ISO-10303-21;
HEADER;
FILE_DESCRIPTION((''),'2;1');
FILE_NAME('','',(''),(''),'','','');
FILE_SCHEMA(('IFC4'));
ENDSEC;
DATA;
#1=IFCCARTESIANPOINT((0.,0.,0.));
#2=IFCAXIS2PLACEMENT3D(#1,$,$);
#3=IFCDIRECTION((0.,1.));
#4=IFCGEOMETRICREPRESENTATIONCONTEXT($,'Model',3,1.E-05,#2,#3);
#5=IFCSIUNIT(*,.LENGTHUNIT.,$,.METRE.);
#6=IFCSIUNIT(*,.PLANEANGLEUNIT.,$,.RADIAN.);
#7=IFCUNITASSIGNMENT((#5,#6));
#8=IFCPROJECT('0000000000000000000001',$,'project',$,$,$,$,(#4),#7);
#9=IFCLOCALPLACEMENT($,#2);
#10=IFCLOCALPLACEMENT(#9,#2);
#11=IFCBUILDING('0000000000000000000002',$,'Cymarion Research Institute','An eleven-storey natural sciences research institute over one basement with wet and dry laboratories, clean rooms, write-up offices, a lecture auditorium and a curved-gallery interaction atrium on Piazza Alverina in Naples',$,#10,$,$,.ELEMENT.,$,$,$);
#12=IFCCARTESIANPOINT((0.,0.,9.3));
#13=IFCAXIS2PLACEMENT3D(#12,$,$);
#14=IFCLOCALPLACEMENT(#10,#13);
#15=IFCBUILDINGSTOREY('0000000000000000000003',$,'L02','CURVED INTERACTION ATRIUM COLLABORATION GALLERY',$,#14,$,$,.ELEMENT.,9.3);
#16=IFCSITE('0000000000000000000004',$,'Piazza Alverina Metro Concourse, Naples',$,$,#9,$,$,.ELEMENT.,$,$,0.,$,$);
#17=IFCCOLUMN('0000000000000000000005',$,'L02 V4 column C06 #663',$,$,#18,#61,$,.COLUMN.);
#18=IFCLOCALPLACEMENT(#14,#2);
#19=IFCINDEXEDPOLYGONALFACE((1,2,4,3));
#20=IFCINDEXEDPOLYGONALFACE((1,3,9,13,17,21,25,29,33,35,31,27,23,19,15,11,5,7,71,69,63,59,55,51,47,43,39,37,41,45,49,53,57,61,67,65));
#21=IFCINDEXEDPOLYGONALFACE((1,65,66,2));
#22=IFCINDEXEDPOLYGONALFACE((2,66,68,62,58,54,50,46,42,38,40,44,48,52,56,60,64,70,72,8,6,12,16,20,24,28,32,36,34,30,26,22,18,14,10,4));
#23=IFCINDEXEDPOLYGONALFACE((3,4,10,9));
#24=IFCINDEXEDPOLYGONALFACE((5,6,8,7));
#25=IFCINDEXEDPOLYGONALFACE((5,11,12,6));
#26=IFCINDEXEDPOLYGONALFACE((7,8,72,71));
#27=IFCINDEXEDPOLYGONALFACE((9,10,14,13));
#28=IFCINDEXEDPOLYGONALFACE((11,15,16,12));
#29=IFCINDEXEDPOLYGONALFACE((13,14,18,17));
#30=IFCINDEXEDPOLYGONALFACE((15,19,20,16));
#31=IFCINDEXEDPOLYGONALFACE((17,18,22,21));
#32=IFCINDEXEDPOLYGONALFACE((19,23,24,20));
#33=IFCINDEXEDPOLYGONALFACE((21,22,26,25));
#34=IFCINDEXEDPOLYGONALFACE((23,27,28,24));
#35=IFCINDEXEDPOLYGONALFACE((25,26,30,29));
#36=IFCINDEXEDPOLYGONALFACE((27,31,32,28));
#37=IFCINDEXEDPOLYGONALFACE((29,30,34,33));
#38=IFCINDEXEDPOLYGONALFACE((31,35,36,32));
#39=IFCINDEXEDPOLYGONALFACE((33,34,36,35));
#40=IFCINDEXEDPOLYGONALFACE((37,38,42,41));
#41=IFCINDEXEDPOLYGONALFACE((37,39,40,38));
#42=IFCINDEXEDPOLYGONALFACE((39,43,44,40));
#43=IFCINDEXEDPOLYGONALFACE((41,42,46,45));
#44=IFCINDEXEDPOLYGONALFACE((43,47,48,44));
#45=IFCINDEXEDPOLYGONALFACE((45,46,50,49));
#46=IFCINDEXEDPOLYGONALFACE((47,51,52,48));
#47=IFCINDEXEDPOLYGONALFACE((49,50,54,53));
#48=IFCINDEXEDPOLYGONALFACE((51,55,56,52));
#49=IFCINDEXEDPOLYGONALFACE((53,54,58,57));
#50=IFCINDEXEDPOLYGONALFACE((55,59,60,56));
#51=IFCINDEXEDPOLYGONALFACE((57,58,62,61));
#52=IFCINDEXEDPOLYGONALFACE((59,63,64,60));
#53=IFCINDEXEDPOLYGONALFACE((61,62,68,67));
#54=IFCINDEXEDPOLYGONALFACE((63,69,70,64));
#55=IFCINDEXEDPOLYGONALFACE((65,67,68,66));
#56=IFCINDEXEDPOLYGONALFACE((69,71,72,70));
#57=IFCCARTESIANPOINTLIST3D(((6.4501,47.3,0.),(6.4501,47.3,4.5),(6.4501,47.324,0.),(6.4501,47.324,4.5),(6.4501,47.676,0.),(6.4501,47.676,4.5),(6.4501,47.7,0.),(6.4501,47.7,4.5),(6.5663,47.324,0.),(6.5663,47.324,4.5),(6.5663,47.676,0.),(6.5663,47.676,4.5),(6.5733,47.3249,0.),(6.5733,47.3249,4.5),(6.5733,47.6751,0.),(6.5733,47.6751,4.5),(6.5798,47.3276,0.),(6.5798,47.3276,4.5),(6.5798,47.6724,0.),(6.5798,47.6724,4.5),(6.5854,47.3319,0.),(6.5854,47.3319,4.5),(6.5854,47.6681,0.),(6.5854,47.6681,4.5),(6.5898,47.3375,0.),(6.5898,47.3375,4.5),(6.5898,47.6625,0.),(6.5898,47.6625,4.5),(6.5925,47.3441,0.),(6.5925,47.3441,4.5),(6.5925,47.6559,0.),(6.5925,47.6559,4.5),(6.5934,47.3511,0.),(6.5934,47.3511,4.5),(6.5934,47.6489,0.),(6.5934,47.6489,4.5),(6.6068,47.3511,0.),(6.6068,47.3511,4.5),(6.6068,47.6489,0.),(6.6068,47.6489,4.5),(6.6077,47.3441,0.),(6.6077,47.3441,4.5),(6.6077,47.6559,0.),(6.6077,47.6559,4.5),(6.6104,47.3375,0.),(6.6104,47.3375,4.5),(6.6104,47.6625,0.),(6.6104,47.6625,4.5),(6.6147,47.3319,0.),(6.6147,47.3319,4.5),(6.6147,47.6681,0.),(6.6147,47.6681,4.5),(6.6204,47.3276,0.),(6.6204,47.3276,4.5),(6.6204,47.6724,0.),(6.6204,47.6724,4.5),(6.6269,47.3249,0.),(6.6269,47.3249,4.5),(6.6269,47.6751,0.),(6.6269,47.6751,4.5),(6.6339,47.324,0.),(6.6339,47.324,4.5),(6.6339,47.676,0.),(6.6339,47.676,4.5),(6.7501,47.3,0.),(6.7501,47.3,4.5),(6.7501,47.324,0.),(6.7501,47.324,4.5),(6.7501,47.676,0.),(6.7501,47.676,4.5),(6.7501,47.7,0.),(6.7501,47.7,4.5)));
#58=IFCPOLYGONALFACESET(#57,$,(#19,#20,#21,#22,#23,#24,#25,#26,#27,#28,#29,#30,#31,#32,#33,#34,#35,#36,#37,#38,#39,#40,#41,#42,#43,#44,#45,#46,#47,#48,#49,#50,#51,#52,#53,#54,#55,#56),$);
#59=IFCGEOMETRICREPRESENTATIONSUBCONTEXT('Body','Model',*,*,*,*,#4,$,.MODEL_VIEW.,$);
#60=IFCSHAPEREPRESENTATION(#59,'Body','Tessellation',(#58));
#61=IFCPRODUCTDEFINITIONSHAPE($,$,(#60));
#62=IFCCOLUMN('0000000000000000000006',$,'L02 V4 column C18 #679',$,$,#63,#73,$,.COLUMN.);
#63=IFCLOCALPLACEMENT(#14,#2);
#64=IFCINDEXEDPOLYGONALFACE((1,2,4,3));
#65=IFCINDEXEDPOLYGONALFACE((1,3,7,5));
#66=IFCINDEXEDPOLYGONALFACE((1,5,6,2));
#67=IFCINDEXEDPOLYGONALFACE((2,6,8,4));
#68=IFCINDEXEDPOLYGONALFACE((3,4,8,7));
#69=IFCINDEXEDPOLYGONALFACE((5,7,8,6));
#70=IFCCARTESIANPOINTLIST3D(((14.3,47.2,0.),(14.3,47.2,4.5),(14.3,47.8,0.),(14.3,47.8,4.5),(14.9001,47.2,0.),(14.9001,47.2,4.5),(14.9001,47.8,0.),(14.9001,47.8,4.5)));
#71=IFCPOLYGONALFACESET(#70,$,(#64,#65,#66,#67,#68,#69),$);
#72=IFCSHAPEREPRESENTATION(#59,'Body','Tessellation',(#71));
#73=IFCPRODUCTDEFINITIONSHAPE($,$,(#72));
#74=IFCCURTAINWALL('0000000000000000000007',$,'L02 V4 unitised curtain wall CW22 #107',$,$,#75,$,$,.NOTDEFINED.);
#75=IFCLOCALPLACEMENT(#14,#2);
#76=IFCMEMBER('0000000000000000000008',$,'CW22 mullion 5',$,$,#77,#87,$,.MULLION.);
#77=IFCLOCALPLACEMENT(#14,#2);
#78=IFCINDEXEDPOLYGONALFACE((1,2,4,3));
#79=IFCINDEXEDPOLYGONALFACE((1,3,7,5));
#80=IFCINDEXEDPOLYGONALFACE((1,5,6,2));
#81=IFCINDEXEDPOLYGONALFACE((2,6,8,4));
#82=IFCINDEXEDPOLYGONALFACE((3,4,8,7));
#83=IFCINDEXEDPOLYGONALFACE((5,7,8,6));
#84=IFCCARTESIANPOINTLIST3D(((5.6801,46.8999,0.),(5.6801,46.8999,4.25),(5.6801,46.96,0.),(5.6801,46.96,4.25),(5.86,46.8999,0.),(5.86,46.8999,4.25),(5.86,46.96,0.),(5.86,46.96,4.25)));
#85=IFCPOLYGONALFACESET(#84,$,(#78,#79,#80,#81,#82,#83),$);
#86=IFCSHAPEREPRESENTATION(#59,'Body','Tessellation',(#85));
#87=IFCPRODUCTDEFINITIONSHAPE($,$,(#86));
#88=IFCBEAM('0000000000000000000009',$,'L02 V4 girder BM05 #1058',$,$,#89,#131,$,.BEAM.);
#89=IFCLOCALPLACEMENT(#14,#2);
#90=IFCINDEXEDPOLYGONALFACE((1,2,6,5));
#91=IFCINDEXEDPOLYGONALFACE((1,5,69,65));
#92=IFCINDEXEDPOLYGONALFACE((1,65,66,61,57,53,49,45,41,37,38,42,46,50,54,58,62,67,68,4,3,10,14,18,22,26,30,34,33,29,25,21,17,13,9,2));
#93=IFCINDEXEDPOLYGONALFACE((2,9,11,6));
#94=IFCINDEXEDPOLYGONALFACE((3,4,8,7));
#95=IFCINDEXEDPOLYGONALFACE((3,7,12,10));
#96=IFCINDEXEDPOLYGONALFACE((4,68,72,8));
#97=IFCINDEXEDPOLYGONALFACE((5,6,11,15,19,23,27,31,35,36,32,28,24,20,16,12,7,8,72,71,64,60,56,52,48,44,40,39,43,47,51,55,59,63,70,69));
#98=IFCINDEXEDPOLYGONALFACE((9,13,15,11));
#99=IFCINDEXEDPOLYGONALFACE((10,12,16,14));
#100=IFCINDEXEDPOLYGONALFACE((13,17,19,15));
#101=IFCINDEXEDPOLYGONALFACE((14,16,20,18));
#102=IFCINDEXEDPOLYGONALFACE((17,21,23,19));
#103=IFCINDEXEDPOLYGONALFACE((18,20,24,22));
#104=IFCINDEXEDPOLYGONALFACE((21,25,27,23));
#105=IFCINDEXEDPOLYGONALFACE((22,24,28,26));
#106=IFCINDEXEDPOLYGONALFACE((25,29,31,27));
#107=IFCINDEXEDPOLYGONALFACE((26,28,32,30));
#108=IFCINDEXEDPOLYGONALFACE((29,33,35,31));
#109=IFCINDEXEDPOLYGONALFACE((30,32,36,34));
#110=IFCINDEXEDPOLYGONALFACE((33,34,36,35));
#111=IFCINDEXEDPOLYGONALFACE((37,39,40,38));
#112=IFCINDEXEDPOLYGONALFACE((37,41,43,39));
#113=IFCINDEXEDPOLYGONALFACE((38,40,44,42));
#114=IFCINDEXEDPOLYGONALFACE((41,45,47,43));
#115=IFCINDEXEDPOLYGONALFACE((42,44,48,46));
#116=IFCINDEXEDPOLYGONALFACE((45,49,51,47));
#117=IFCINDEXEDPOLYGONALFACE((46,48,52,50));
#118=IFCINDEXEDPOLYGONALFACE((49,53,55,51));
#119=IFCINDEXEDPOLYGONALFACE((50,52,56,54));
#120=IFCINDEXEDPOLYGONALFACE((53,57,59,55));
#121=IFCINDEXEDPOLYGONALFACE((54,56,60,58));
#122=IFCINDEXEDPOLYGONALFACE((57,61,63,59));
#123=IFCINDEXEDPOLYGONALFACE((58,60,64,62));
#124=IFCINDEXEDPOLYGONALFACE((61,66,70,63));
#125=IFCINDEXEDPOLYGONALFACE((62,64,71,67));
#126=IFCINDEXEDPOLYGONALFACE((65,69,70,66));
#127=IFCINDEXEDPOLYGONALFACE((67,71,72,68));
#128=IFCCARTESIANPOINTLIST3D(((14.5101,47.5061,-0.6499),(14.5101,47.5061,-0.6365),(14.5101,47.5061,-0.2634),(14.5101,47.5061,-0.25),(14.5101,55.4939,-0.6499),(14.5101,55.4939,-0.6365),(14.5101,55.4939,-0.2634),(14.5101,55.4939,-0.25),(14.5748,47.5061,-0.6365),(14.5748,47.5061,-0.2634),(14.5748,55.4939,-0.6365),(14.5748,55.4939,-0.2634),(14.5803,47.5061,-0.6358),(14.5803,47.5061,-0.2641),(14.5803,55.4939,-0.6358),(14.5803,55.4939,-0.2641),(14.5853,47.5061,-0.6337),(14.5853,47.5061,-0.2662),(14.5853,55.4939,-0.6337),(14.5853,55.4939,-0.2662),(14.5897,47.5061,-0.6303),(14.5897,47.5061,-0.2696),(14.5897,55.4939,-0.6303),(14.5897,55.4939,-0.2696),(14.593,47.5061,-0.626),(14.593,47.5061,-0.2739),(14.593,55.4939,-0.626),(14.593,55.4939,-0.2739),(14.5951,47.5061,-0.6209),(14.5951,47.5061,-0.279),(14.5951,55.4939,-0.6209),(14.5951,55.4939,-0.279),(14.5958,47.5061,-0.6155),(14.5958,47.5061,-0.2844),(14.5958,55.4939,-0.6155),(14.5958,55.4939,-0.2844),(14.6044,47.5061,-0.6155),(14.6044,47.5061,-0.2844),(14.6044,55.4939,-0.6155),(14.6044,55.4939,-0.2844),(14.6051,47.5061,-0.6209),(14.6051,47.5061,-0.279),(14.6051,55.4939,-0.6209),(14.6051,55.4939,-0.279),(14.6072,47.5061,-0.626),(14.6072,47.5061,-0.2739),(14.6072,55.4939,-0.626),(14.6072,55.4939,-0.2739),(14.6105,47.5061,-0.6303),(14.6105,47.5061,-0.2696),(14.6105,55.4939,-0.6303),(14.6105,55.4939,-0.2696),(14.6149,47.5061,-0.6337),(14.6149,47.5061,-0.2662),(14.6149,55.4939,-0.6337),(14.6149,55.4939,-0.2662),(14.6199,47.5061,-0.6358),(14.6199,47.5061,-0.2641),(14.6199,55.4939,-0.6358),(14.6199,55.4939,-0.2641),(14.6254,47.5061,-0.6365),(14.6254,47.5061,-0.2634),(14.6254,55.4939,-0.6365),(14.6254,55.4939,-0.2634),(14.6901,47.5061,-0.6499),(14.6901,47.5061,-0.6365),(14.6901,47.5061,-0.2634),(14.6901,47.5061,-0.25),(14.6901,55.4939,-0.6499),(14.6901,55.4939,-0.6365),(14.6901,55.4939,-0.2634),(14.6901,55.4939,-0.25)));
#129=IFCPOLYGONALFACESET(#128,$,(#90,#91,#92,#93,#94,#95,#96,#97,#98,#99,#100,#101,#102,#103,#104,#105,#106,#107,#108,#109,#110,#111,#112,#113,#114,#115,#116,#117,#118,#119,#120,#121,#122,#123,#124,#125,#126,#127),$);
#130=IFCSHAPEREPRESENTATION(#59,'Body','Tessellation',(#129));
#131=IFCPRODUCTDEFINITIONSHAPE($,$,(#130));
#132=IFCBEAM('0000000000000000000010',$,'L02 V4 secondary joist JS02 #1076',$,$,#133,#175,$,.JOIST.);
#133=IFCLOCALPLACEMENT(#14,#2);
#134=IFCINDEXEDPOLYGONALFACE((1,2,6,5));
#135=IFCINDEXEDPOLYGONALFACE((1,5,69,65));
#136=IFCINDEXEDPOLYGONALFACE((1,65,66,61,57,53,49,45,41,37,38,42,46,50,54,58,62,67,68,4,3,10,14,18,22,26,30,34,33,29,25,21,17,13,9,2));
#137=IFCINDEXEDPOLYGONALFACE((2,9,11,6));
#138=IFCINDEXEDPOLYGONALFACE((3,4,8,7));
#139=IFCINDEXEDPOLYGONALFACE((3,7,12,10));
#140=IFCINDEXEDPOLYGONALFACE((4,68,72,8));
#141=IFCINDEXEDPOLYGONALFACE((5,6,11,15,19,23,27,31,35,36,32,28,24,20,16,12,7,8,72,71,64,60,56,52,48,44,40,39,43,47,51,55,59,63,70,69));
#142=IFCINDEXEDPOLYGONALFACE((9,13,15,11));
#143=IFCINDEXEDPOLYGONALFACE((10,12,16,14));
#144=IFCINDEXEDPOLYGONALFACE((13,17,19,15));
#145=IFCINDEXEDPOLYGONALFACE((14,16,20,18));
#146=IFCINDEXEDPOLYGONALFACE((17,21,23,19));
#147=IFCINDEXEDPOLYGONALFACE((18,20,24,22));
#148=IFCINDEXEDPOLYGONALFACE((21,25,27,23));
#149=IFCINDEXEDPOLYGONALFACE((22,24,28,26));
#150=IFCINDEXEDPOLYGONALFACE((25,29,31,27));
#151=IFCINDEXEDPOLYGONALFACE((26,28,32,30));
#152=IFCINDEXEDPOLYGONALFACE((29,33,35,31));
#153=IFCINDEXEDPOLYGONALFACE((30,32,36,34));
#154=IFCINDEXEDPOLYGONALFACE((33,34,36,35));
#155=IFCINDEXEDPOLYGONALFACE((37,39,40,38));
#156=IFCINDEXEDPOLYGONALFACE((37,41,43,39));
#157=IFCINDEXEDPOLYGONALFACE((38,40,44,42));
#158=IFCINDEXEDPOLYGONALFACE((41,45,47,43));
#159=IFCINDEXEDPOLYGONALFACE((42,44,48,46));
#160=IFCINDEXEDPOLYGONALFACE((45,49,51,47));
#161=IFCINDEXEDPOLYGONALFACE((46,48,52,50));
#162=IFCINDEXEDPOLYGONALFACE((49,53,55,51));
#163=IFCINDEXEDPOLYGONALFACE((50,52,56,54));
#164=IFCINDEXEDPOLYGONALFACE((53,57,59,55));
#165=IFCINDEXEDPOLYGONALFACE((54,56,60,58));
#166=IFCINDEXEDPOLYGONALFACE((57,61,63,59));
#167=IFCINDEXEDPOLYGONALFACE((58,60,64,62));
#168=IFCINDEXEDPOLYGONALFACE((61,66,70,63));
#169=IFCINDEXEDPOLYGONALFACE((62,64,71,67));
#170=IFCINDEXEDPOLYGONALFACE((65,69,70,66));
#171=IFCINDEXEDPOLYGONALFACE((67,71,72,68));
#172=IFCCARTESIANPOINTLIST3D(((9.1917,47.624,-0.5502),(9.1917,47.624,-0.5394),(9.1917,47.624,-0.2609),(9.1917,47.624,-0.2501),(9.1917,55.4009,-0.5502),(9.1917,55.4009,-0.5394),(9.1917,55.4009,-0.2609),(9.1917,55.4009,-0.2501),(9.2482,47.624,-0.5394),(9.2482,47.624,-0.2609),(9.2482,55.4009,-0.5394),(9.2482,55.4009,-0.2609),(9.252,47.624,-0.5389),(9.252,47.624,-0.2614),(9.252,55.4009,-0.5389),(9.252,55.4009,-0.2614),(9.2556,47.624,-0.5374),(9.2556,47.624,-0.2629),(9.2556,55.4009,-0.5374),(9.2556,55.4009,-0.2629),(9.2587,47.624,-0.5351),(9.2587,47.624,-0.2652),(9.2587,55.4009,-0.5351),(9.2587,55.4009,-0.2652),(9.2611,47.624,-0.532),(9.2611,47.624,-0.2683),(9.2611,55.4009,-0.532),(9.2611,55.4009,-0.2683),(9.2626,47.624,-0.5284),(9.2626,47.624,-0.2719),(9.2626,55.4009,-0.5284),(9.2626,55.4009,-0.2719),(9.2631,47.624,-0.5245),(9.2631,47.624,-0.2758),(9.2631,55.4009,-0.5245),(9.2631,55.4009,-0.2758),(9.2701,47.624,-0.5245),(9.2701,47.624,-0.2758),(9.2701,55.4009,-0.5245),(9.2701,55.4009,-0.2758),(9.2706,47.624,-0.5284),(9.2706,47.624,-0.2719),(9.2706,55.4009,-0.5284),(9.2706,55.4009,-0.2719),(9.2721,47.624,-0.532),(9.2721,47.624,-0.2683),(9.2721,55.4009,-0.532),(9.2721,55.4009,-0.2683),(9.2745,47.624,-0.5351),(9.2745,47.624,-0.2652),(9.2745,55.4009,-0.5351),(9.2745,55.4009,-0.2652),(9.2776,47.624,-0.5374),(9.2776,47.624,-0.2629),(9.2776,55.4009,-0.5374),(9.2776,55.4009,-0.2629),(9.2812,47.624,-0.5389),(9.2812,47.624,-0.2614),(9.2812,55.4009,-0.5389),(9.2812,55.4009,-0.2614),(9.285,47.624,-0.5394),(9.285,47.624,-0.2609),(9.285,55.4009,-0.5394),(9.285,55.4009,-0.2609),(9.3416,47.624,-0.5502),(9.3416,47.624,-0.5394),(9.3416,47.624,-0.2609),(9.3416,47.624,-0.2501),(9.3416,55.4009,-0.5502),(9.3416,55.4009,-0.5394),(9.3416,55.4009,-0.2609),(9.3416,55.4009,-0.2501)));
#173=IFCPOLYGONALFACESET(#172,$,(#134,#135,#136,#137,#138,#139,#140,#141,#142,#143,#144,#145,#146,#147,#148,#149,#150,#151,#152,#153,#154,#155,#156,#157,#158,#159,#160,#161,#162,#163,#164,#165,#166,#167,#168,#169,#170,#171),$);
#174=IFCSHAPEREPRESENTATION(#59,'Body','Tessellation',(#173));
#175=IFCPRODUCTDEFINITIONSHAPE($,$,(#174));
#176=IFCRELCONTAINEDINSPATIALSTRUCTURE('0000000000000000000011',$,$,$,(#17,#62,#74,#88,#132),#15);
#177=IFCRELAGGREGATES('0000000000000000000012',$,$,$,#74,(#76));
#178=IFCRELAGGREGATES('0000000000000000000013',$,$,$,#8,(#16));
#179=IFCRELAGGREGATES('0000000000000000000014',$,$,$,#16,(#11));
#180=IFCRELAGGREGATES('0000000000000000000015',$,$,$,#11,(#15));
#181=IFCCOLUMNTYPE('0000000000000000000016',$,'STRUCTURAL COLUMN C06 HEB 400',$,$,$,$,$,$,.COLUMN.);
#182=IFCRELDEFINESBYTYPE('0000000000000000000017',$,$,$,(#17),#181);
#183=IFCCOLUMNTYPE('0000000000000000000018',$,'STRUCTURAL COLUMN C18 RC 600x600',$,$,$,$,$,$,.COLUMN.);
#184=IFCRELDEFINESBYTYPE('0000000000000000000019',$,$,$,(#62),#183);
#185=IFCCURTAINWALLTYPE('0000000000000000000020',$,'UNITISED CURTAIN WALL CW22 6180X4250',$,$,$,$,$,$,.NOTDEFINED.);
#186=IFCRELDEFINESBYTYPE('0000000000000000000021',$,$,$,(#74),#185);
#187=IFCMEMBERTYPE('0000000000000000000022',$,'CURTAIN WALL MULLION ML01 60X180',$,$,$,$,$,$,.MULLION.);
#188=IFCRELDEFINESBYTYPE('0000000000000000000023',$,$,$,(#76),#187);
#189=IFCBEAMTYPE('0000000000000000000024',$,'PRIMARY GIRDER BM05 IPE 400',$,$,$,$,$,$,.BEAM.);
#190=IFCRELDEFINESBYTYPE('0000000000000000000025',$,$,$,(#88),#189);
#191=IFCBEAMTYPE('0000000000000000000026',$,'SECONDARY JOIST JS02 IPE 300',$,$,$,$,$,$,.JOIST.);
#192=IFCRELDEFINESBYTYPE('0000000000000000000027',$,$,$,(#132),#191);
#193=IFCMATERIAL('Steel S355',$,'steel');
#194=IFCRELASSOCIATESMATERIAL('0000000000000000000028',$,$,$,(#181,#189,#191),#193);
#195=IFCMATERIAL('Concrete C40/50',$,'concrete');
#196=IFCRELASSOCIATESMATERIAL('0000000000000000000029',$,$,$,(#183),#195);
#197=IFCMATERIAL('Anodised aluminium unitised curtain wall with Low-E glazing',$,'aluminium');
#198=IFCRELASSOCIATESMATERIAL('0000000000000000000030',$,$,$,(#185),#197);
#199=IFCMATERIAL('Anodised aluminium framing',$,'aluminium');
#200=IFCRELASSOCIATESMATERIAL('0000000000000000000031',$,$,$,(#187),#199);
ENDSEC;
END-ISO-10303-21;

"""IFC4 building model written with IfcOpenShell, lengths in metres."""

from ifc_helpers import new_model, si_unit, direction, frame, origin, origin_2d, place, context, subcontext, project, spatial, rectangle, i_section, extrude, material, material_profile, profile_set, type_object, element, aggregate, save


model = new_model("IFC4")

# Units and contexts
model_context = context("Model", 3, precision=1e-05, world=origin(), true_north=direction((0.0, 1.0)))
body_context = subcontext(model_context, "Body", "Model", "MODEL_VIEW")
ifc_project = project(units=[si_unit("LENGTHUNIT", "METRE"), si_unit("PLANEANGLEUNIT", "RADIAN")], contexts=[model_context])

# Site, building, storey
site_placement = place(None, origin())
site = spatial("IfcSite", under=ifc_project, at=site_placement, Name="Piazza Alverina Metro Concourse, Naples", CompositionType="ELEMENT", RefElevation=0.0)
building_placement = place(site_placement, origin())
building = spatial("IfcBuilding", under=site, at=building_placement, Name="Cymarion Research Institute", Description="An eleven-storey natural sciences research institute over one basement with wet and dry laboratories, clean rooms, write-up offices, a lecture auditorium and a curved-gallery interaction atrium on Piazza Alverina in Naples", CompositionType="ELEMENT")
storey_placement = place(building_placement, frame((0.0, 0.0, 9.3)))
storey = spatial("IfcBuildingStorey", under=building, at=storey_placement, Name="L02", Description="CURVED INTERACTION ATRIUM COLLABORATION GALLERY", CompositionType="ELEMENT", Elevation=9.3)

# Columns
ifc_material_1 = material(Name="Steel S355", Category="steel")
ifc_material_profile_1 = material_profile(ifc_material_1, i_section(OverallWidth=0.3, OverallDepth=0.3999, WebThickness=0.0134, FlangeThickness=0.0239, FilletRadius=0.0271, at=origin_2d()), Name="HEB 400")
ifc_profile_set_1 = profile_set([ifc_material_profile_1], Name="Steel S355")
column_type_1 = type_object("IfcColumnType", Name="STRUCTURAL COLUMN C06 HEB 400", PredefinedType="COLUMN", material=ifc_profile_set_1)
column_1_placement = place(storey_placement, frame((6.6001, 47.5, 0.0), z_axis=(0.0, 0.0, 1.0), x_axis=(1.0, 0.0, 0.0)))
element("IfcColumn", 1, at=column_1_placement, inside=storey, type_object=column_type_1, Name="L02 V4 column C06 #663", PredefinedType="COLUMN", context=body_context, shape_type="SweptSolid", body=[
    extrude(i_section(OverallWidth=0.3, OverallDepth=0.3999, WebThickness=0.0134, FlangeThickness=0.0239, FilletRadius=0.0271, at=origin_2d()), origin(), (0.0, 0.0, 1.0), 4.5),
])
ifc_material_2 = material(Name="Concrete C40/50", Category="concrete")
ifc_material_profile_2 = material_profile(ifc_material_2, rectangle(XDim=0.6001, YDim=0.6001, at=origin_2d()), Name="RC 600x600")
ifc_profile_set_2 = profile_set([ifc_material_profile_2], Name="Concrete C40/50")
column_type_2 = type_object("IfcColumnType", Name="STRUCTURAL COLUMN C18 RC 600x600", PredefinedType="COLUMN", material=ifc_profile_set_2)
column_2_placement = place(storey_placement, frame((14.6001, 47.5, 0.0), z_axis=(0.0, 0.0, 1.0), x_axis=(1.0, 0.0, 0.0)))
element("IfcColumn", 2, at=column_2_placement, inside=storey, type_object=column_type_2, Name="L02 V4 column C18 #679", PredefinedType="COLUMN", context=body_context, shape_type="SweptSolid", body=[
    extrude(rectangle(XDim=0.6001, YDim=0.6001, at=origin_2d()), origin(), (0.0, 0.0, 1.0), 4.5),
])

# Curtain wall, member
ifc_material_3 = material(Name="Anodised aluminium unitised curtain wall with Low-E glazing", Category="aluminium")
curtain_wall_type = type_object("IfcCurtainWallType", Name="UNITISED CURTAIN WALL CW22 6180X4250", PredefinedType="NOTDEFINED", material=ifc_material_3)
curtain_wall_placement = place(storey_placement, origin())
curtain_wall = element("IfcCurtainWall", 3, at=curtain_wall_placement, inside=storey, type_object=curtain_wall_type, Name="L02 V4 unitised curtain wall CW22 #107", PredefinedType="NOTDEFINED")
ifc_material_4 = material(Name="Anodised aluminium framing", Category="aluminium")
ifc_material_profile_3 = material_profile(ifc_material_4, rectangle(XDim=0.0601, YDim=0.1799, at=origin_2d()), Name="ALU MULLION 60x180")
ifc_profile_set_3 = profile_set([ifc_material_profile_3], Name="Anodised aluminium framing")
member_type_1 = type_object("IfcMemberType", Name="CURTAIN WALL MULLION ML01 60X180", PredefinedType="MULLION", material=ifc_profile_set_3)
member_1_placement = place(storey_placement, frame((5.77, 46.9299, 0.0), z_axis=(0.0, 0.0, 1.0), x_axis=(0.0, -1.0, 0.0)))
member_1 = element("IfcMember", 4, at=member_1_placement, type_object=member_type_1, Name="CW22 mullion 5", PredefinedType="MULLION", context=body_context, shape_type="SweptSolid", body=[
    extrude(rectangle(XDim=0.0601, YDim=0.1799, at=origin_2d()), origin(), (0.0, 0.0, 1.0), 4.25),
])

# Beams
ifc_material_profile_4 = material_profile(ifc_material_1, i_section(OverallWidth=0.1799, OverallDepth=0.3999, WebThickness=0.0085, FlangeThickness=0.0134, FilletRadius=0.021, at=origin_2d()), Name="IPE 400")
ifc_profile_set_4 = profile_set([ifc_material_profile_4], Name="Steel S355")
beam_type_1 = type_object("IfcBeamType", Name="PRIMARY GIRDER BM05 IPE 400", PredefinedType="BEAM", material=ifc_profile_set_4)
beam_1_placement = place(storey_placement, frame((14.6001, 47.5061, -0.45), z_axis=(0.0, 1.0, 0.0), x_axis=(-1.0, 0.0, 0.0)))
element("IfcBeam", 5, at=beam_1_placement, inside=storey, type_object=beam_type_1, Name="L02 V4 girder BM05 #1058", PredefinedType="BEAM", context=body_context, shape_type="SweptSolid", body=[
    extrude(i_section(OverallWidth=0.1799, OverallDepth=0.3999, WebThickness=0.0085, FlangeThickness=0.0134, FilletRadius=0.021, at=origin_2d()), origin(), (0.0, 0.0, 1.0), 7.9878),
])
ifc_material_profile_5 = material_profile(ifc_material_1, i_section(OverallWidth=0.1499, OverallDepth=0.3, WebThickness=0.0071, FlangeThickness=0.0107, FilletRadius=0.0149, at=origin_2d()), Name="IPE 300")
ifc_profile_set_5 = profile_set([ifc_material_profile_5], Name="Steel S355")
beam_type_2 = type_object("IfcBeamType", Name="SECONDARY JOIST JS02 IPE 300", PredefinedType="JOIST", material=ifc_profile_set_5)
for number, where, z_axis, x_axis, name in (
    (6, (9.2666, 47.624, -0.4001), (0.0, 1.0, 0.0), (-1.0, 0.0, 0.0), "L02 V4 secondary joist JS02 #1076"),
):
    element("IfcBeam", number, at=place(storey_placement, frame(where, z_axis=z_axis, x_axis=x_axis)), inside=storey, type_object=beam_type_2, Name=name, PredefinedType="JOIST", context=body_context, shape_type="SweptSolid", body=[
        extrude(i_section(OverallWidth=0.1499, OverallDepth=0.3, WebThickness=0.0071, FlangeThickness=0.0107, FilletRadius=0.0149, at=origin_2d()), origin(), (0.0, 0.0, 1.0), 7.7769),
    ])

aggregate(curtain_wall, [member_1])

save(model, "model.ifc")
